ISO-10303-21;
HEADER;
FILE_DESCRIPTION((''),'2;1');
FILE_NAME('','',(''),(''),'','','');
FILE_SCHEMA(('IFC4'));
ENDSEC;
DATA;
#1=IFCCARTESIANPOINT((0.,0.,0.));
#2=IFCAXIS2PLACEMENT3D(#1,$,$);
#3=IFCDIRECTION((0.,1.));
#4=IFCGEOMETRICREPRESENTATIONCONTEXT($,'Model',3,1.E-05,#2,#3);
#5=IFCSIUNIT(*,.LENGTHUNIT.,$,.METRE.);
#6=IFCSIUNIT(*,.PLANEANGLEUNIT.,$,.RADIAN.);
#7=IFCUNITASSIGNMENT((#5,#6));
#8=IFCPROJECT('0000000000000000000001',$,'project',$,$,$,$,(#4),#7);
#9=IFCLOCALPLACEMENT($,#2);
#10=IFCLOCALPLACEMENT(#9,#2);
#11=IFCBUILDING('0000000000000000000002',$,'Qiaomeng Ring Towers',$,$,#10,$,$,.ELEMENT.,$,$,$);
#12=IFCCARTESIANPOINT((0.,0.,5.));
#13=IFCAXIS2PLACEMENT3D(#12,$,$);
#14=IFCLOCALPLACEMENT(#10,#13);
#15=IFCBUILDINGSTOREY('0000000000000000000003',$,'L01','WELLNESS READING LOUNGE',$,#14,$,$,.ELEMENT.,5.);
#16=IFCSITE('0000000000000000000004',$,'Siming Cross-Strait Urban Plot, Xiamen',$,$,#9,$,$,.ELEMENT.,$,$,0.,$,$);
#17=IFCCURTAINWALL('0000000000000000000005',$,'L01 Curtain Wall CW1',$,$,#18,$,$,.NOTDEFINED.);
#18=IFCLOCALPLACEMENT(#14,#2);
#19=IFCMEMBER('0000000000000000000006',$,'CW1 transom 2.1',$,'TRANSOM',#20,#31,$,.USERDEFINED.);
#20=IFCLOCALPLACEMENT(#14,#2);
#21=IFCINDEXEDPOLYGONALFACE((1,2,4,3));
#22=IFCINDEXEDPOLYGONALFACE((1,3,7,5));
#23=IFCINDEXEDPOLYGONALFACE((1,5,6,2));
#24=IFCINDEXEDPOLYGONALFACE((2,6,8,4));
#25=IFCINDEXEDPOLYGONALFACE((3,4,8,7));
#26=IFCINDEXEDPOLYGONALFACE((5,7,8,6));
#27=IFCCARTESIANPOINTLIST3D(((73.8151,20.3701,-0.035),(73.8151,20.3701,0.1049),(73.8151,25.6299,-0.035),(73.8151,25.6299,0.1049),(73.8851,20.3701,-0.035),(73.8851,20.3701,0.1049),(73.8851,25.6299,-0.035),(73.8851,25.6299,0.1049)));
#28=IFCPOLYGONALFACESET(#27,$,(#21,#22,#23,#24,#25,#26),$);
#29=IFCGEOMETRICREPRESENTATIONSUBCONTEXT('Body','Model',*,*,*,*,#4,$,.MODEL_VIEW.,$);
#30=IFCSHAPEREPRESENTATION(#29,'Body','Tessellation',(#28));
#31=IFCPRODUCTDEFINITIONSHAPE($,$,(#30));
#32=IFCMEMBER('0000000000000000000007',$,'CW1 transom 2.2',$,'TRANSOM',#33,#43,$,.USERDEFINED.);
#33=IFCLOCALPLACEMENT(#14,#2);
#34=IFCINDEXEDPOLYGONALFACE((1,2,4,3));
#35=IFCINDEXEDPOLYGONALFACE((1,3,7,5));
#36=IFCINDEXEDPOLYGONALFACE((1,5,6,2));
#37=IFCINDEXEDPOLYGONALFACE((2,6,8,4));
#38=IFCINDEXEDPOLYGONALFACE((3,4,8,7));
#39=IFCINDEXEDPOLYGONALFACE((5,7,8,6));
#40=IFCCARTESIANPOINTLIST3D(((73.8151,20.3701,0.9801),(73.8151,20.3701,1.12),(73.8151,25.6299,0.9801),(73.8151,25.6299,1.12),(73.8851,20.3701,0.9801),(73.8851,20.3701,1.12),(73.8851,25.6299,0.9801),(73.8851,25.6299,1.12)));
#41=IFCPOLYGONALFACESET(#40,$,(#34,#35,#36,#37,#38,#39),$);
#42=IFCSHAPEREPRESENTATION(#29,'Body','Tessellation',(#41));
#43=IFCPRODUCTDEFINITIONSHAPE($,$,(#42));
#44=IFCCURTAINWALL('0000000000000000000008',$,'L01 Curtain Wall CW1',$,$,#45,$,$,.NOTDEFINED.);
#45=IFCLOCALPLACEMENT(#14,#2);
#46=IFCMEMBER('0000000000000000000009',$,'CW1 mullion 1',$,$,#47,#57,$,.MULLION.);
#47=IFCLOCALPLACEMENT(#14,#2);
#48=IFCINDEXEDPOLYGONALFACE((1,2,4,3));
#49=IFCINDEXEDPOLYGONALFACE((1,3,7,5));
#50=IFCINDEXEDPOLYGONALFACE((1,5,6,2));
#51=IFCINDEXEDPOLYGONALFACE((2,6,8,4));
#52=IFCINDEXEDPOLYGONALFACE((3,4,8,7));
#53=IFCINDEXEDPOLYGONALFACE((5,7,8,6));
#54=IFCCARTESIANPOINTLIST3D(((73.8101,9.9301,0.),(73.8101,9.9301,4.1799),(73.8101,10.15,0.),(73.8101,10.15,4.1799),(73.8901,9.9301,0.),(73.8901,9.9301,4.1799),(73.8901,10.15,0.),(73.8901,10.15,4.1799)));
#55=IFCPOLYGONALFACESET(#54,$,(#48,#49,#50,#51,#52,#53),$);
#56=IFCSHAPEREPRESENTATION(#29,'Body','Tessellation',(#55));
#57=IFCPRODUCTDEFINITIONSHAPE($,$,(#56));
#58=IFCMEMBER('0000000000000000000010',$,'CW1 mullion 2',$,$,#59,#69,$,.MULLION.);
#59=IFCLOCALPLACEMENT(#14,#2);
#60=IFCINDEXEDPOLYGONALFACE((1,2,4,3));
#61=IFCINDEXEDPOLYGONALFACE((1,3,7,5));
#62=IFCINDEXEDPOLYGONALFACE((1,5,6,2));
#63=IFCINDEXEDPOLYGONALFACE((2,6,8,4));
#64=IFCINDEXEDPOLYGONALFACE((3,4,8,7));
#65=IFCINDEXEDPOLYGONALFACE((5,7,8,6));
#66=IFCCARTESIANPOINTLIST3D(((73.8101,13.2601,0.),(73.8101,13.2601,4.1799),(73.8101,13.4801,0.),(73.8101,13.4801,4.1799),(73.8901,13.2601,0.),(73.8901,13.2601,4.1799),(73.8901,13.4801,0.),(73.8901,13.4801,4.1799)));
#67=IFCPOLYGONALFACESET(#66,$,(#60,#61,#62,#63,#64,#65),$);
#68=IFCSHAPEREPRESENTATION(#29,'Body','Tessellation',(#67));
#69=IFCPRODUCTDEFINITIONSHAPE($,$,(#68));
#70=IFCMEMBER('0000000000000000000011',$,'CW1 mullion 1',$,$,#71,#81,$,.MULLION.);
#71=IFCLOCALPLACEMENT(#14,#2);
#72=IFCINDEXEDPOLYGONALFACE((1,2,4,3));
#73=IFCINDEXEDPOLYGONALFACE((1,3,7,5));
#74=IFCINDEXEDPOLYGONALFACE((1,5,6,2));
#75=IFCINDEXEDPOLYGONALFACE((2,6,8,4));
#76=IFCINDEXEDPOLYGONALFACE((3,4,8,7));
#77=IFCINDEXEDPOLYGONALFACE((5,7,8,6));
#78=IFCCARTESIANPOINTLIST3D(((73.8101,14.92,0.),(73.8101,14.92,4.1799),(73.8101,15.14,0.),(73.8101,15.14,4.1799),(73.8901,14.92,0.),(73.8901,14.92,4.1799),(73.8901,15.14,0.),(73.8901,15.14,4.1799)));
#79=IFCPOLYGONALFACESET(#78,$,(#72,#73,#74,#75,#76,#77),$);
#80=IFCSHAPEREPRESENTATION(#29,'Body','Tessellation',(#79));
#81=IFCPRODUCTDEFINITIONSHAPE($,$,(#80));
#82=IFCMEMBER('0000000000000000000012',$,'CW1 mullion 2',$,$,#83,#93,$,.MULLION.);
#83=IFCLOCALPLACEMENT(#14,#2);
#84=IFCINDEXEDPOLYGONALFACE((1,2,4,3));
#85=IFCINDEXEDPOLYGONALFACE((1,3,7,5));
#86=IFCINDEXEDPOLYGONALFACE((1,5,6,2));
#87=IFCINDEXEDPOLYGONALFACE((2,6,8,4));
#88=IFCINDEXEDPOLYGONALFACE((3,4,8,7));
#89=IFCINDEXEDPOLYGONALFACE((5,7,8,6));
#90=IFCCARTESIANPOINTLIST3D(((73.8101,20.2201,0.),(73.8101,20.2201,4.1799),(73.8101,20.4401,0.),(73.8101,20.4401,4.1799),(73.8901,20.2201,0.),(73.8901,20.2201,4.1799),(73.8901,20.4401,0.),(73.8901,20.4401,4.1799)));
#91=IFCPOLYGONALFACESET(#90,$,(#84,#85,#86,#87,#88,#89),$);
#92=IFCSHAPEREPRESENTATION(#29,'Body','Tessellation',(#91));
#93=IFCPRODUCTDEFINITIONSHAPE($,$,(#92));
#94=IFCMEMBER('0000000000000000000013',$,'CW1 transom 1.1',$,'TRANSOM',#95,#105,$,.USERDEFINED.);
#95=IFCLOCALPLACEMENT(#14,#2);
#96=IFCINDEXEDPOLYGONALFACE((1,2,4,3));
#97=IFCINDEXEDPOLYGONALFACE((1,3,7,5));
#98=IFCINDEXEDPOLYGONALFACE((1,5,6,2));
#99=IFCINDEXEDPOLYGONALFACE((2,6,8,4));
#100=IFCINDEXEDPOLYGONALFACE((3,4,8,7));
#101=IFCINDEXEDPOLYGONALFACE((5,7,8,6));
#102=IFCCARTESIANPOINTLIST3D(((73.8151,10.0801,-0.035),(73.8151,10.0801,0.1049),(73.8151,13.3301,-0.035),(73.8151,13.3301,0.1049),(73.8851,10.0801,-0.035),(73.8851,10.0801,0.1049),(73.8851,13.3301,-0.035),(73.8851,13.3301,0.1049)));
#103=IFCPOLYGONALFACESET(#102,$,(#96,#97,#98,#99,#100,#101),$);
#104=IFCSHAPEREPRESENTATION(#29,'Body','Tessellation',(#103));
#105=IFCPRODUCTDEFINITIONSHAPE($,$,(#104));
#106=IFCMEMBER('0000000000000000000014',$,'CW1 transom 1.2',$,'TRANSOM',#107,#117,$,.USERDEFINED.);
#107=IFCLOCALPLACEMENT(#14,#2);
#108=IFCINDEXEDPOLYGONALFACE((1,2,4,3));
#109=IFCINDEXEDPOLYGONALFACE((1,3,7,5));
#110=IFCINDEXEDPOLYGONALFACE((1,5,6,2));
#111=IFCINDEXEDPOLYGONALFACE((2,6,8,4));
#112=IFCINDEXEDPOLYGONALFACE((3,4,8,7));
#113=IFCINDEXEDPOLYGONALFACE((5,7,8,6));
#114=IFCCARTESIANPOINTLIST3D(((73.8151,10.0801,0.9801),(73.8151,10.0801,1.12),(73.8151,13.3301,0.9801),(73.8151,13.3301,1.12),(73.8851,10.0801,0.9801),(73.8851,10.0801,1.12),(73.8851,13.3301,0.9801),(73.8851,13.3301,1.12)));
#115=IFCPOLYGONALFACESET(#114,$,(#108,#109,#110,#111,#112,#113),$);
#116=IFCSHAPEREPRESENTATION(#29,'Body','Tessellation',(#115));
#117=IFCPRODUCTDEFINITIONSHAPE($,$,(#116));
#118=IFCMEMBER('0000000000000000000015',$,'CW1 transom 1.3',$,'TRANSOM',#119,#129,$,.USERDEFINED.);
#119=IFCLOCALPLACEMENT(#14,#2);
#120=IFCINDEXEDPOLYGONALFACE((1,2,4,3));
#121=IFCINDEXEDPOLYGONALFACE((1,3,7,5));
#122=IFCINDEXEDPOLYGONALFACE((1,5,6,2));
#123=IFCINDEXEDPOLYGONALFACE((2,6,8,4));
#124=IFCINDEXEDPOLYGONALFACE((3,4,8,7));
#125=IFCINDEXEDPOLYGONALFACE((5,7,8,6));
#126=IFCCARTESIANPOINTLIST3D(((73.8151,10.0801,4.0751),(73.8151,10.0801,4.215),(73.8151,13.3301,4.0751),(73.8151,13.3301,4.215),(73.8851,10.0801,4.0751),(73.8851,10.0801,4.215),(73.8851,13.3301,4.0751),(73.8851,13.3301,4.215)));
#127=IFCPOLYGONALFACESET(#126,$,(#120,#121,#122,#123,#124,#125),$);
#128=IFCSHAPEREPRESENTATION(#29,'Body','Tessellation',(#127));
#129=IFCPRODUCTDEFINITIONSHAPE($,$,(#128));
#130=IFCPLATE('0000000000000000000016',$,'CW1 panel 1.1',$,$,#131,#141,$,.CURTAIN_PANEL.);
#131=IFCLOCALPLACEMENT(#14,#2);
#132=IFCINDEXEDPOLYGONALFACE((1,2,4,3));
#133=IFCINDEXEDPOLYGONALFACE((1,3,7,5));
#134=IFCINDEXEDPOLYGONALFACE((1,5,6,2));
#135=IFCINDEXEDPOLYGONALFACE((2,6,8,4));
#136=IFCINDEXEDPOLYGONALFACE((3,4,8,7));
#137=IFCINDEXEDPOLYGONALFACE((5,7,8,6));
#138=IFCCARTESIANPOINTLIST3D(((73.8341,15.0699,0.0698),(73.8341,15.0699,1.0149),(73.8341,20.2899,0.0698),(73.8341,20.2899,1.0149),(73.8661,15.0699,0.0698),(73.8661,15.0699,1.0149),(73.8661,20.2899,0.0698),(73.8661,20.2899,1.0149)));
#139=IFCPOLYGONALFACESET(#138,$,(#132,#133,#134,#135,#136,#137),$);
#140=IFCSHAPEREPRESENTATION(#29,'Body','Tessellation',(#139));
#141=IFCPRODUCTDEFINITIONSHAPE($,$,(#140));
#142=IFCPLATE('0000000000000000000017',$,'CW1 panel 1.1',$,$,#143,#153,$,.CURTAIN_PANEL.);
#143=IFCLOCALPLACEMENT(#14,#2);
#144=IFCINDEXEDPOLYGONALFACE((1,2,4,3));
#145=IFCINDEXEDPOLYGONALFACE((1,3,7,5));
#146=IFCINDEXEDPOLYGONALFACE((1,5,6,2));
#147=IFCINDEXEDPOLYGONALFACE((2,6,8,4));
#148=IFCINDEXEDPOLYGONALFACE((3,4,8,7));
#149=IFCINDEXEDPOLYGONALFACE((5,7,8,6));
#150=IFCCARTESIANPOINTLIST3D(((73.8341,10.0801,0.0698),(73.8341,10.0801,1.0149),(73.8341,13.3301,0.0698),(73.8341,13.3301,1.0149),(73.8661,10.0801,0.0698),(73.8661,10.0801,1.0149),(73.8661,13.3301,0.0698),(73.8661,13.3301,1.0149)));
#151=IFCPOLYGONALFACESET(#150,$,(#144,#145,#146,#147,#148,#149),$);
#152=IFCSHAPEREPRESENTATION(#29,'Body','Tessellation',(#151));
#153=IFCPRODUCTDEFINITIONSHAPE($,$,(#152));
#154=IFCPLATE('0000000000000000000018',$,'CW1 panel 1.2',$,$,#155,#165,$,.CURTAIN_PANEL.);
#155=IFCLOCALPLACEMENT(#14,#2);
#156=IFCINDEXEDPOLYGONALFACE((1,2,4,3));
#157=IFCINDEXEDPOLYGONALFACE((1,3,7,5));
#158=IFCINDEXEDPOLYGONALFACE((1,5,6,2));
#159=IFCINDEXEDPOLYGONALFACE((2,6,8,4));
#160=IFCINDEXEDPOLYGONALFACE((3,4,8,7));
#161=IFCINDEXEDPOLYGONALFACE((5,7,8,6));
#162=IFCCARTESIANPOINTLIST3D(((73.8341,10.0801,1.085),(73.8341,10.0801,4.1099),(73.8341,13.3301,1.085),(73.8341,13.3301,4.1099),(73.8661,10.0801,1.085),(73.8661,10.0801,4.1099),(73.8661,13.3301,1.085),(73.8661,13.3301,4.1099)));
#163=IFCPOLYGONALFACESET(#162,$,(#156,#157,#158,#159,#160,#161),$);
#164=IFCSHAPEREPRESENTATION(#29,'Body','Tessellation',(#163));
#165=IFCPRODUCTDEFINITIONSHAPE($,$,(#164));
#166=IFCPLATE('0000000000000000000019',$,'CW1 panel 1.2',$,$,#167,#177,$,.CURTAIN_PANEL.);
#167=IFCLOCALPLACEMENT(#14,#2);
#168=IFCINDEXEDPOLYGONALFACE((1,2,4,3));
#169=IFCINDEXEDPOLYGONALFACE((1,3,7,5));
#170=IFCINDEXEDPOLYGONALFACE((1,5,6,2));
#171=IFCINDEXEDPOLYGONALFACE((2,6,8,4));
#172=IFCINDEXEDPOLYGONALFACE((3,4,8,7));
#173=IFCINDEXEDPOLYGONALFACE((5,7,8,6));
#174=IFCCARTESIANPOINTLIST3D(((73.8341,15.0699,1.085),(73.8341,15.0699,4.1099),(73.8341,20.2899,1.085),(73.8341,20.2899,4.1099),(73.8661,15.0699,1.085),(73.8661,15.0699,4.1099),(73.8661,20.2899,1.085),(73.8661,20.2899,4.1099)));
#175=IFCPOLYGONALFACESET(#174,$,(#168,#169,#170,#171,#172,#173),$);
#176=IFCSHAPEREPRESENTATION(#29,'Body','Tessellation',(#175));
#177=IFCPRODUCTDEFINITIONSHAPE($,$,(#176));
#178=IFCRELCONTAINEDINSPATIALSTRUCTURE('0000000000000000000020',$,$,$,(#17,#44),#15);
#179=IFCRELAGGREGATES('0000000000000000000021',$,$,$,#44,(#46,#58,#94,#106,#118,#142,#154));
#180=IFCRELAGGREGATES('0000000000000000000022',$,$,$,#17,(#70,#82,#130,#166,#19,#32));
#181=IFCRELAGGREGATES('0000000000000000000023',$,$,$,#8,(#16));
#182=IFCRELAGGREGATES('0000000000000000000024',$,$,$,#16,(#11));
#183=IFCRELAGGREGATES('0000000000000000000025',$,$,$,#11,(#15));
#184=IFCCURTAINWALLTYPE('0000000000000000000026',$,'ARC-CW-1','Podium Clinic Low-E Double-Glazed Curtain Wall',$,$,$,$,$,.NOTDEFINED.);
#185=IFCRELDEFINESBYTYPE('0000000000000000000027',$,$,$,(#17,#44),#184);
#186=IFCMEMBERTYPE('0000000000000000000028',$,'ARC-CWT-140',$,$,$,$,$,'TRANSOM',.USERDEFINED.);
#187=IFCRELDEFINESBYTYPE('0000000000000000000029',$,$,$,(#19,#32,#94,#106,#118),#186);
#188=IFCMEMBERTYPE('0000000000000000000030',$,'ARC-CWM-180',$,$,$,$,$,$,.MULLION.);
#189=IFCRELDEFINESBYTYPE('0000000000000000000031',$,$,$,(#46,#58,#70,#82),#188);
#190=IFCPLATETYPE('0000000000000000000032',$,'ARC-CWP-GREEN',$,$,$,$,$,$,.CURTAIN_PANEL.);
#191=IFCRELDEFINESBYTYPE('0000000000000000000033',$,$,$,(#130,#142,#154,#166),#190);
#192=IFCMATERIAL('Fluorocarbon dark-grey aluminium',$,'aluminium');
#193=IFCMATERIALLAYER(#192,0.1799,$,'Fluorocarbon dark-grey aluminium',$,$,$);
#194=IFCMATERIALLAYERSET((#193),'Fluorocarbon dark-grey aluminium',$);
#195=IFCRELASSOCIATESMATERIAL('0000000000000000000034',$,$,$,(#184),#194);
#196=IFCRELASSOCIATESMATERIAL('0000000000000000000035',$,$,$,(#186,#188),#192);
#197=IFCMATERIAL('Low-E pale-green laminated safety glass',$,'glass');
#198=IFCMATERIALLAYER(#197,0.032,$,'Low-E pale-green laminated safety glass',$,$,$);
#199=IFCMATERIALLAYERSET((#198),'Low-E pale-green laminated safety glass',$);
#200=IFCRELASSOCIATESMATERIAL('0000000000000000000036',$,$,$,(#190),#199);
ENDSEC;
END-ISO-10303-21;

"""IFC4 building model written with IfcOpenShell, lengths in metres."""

from ifc_helpers import new_model, si_unit, direction, frame, origin, origin_2d, place, context, subcontext, project, spatial, rectangle, extrude, source, transform, mapped, material, layer, layer_set, material_profile, profile_set, type_object, element, aggregate, save


model = new_model("IFC4")

# Units and contexts
model_context = context("Model", 3, precision=1e-05, world=origin(), true_north=direction((0.0, 1.0)))
body_context = subcontext(model_context, "Body", "Model", "MODEL_VIEW")
ifc_project = project(units=[si_unit("LENGTHUNIT", "METRE"), si_unit("PLANEANGLEUNIT", "RADIAN")], contexts=[model_context])

# Site, building, storey
site_placement = place(None, origin())
site = spatial("IfcSite", under=ifc_project, at=site_placement, Name="Siming Cross-Strait Urban Plot, Xiamen", CompositionType="ELEMENT", RefElevation=0.0)
building_placement = place(site_placement, origin())
building = spatial("IfcBuilding", under=site, at=building_placement, Name="Qiaomeng Ring Towers", CompositionType="ELEMENT")
storey_placement = place(building_placement, frame((0.0, 0.0, 5.0)))
storey = spatial("IfcBuildingStorey", under=building, at=storey_placement, Name="L01", Description="WELLNESS READING LOUNGE", CompositionType="ELEMENT", Elevation=5.0)

# Curtain walls, members
ifc_material_1 = material(Name="Fluorocarbon dark-grey aluminium", Category="aluminium")
ifc_layer_1 = layer(ifc_material_1, 0.1799, Name="Fluorocarbon dark-grey aluminium")
ifc_layer_set_1 = layer_set([ifc_layer_1], Name="Fluorocarbon dark-grey aluminium")
curtain_wall_type = type_object("IfcCurtainWallType", Name="ARC-CW-1", Description="Podium Clinic Low-E Double-Glazed Curtain Wall", PredefinedType="NOTDEFINED", material=ifc_layer_set_1)
curtain_wall_1_placement = place(storey_placement, origin())
curtain_wall_1 = element("IfcCurtainWall", 1, at=curtain_wall_1_placement, inside=storey, type_object=curtain_wall_type, Name="L01 Curtain Wall CW1", PredefinedType="NOTDEFINED")
ifc_material_profile_1 = material_profile(ifc_material_1, rectangle(XDim=0.0701, YDim=0.1399, at=origin_2d()), Name="ALU TRAN 70x140")
ifc_profile_set_1 = profile_set([ifc_material_profile_1], Name="Fluorocarbon dark-grey aluminium")
member_type_1 = type_object("IfcMemberType", Name="ARC-CWT-140", ElementType="TRANSOM", PredefinedType="USERDEFINED", material=ifc_profile_set_1)
shared_shape_1 = source(origin(), body_context, "Body", "SweptSolid", [
    extrude(rectangle(XDim=0.0701, YDim=0.1399, at=origin_2d()), origin(), (0.0, 0.0, 1.0), 5.2598),
])
member_1_placement = place(storey_placement, frame((73.8501, 20.3701, 0.0349), z_axis=(0.0, 1.0, 0.0), x_axis=(-1.0, 0.0, 0.0)))
member_1 = element("IfcMember", 2, at=member_1_placement, type_object=member_type_1, Name="CW1 transom 2.1", ObjectType="TRANSOM", PredefinedType="USERDEFINED", context=body_context, shape_type="MappedRepresentation", body=[
    mapped(shared_shape_1, transform((0.0, 0.0, 0.0), x_axis=(1.0, 0.0, 0.0), y_axis=(0.0, 1.0, 0.0), z_axis=(0.0, 0.0, 1.0), scale=1.0)),
])
member_2_placement = place(storey_placement, frame((73.8501, 20.3701, 1.05), z_axis=(0.0, 1.0, 0.0), x_axis=(-1.0, 0.0, 0.0)))
member_2 = element("IfcMember", 3, at=member_2_placement, type_object=member_type_1, Name="CW1 transom 2.2", ObjectType="TRANSOM", PredefinedType="USERDEFINED", context=body_context, shape_type="MappedRepresentation", body=[
    mapped(shared_shape_1, transform((0.0, 0.0, 0.0), x_axis=(1.0, 0.0, 0.0), y_axis=(0.0, 1.0, 0.0), z_axis=(0.0, 0.0, 1.0), scale=1.0)),
])
curtain_wall_2_placement = place(storey_placement, origin())
curtain_wall_2 = element("IfcCurtainWall", 4, at=curtain_wall_2_placement, inside=storey, type_object=curtain_wall_type, Name="L01 Curtain Wall CW1", PredefinedType="NOTDEFINED")
ifc_material_profile_2 = material_profile(ifc_material_1, rectangle(XDim=0.0801, YDim=0.22, at=origin_2d()), Name="ALU MULL 80x220")
ifc_profile_set_2 = profile_set([ifc_material_profile_2], Name="Fluorocarbon dark-grey aluminium")
member_type_2 = type_object("IfcMemberType", Name="ARC-CWM-180", PredefinedType="MULLION", material=ifc_profile_set_2)
shared_shape_2 = source(origin(), body_context, "Body", "SweptSolid", [
    extrude(rectangle(XDim=0.0801, YDim=0.22, at=origin_2d()), origin(), (0.0, 0.0, 1.0), 4.1799),
])
member_3_placement = place(storey_placement, frame((73.8501, 10.04, 0.0), z_axis=(0.0, 0.0, 1.0), x_axis=(-1.0, 0.0, 0.0)))
member_3 = element("IfcMember", 5, at=member_3_placement, type_object=member_type_2, Name="CW1 mullion 1", PredefinedType="MULLION", context=body_context, shape_type="MappedRepresentation", body=[
    mapped(shared_shape_2, transform((0.0, 0.0, 0.0), x_axis=(1.0, 0.0, 0.0), y_axis=(0.0, 1.0, 0.0), z_axis=(0.0, 0.0, 1.0), scale=1.0)),
])
member_4_placement = place(storey_placement, frame((73.8501, 13.3701, 0.0), z_axis=(0.0, 0.0, 1.0), x_axis=(-1.0, 0.0, 0.0)))
member_4 = element("IfcMember", 6, at=member_4_placement, type_object=member_type_2, Name="CW1 mullion 2", PredefinedType="MULLION", context=body_context, shape_type="MappedRepresentation", body=[
    mapped(shared_shape_2, transform((0.0, 0.0, 0.0), x_axis=(1.0, 0.0, 0.0), y_axis=(0.0, 1.0, 0.0), z_axis=(0.0, 0.0, 1.0), scale=1.0)),
])

# Members
member_5_placement = place(storey_placement, frame((73.8501, 15.03, 0.0), z_axis=(0.0, 0.0, 1.0), x_axis=(-1.0, 0.0, 0.0)))
member_5 = element("IfcMember", 7, at=member_5_placement, type_object=member_type_2, Name="CW1 mullion 1", PredefinedType="MULLION", context=body_context, shape_type="MappedRepresentation", body=[
    mapped(shared_shape_2, transform((0.0, 0.0, 0.0), x_axis=(1.0, 0.0, 0.0), y_axis=(0.0, 1.0, 0.0), z_axis=(0.0, 0.0, 1.0), scale=1.0)),
])
member_6_placement = place(storey_placement, frame((73.8501, 20.3301, 0.0), z_axis=(0.0, 0.0, 1.0), x_axis=(-1.0, 0.0, 0.0)))
member_6 = element("IfcMember", 8, at=member_6_placement, type_object=member_type_2, Name="CW1 mullion 2", PredefinedType="MULLION", context=body_context, shape_type="MappedRepresentation", body=[
    mapped(shared_shape_2, transform((0.0, 0.0, 0.0), x_axis=(1.0, 0.0, 0.0), y_axis=(0.0, 1.0, 0.0), z_axis=(0.0, 0.0, 1.0), scale=1.0)),
])
shared_shape_3 = source(origin(), body_context, "Body", "SweptSolid", [
    extrude(rectangle(XDim=0.0701, YDim=0.1399, at=origin_2d()), origin(), (0.0, 0.0, 1.0), 3.25),
])
member_7_placement = place(storey_placement, frame((73.8501, 10.0801, 0.0349), z_axis=(0.0, 1.0, 0.0), x_axis=(-1.0, 0.0, 0.0)))
member_7 = element("IfcMember", 9, at=member_7_placement, type_object=member_type_1, Name="CW1 transom 1.1", ObjectType="TRANSOM", PredefinedType="USERDEFINED", context=body_context, shape_type="MappedRepresentation", body=[
    mapped(shared_shape_3, transform((0.0, 0.0, 0.0), x_axis=(1.0, 0.0, 0.0), y_axis=(0.0, 1.0, 0.0), z_axis=(0.0, 0.0, 1.0), scale=1.0)),
])
member_8_placement = place(storey_placement, frame((73.8501, 10.0801, 1.05), z_axis=(0.0, 1.0, 0.0), x_axis=(-1.0, 0.0, 0.0)))
member_8 = element("IfcMember", 10, at=member_8_placement, type_object=member_type_1, Name="CW1 transom 1.2", ObjectType="TRANSOM", PredefinedType="USERDEFINED", context=body_context, shape_type="MappedRepresentation", body=[
    mapped(shared_shape_3, transform((0.0, 0.0, 0.0), x_axis=(1.0, 0.0, 0.0), y_axis=(0.0, 1.0, 0.0), z_axis=(0.0, 0.0, 1.0), scale=1.0)),
])
member_9_placement = place(storey_placement, frame((73.8501, 10.0801, 4.145), z_axis=(0.0, 1.0, 0.0), x_axis=(-1.0, 0.0, 0.0)))
member_9 = element("IfcMember", 11, at=member_9_placement, type_object=member_type_1, Name="CW1 transom 1.3", ObjectType="TRANSOM", PredefinedType="USERDEFINED", context=body_context, shape_type="MappedRepresentation", body=[
    mapped(shared_shape_3, transform((0.0, 0.0, 0.0), x_axis=(1.0, 0.0, 0.0), y_axis=(0.0, 1.0, 0.0), z_axis=(0.0, 0.0, 1.0), scale=1.0)),
])

# Plates
ifc_material_2 = material(Name="Low-E pale-green laminated safety glass", Category="glass")
ifc_layer_2 = layer(ifc_material_2, 0.032, Name="Low-E pale-green laminated safety glass")
ifc_layer_set_2 = layer_set([ifc_layer_2], Name="Low-E pale-green laminated safety glass")
plate_type = type_object("IfcPlateType", Name="ARC-CWP-GREEN", PredefinedType="CURTAIN_PANEL", material=ifc_layer_set_2)
shared_shape_4 = source(origin(), body_context, "Body", "SweptSolid", [
    extrude(rectangle(XDim=5.22, YDim=0.032, at=origin_2d()), origin(), (0.0, 0.0, 1.0), 0.9451),
])
plate_1_placement = place(storey_placement, frame((73.8501, 17.6799, 0.0698), z_axis=(0.0, 0.0, 1.0), x_axis=(0.0, 1.0, 0.0)))
plate_1 = element("IfcPlate", 12, at=plate_1_placement, type_object=plate_type, Name="CW1 panel 1.1", PredefinedType="CURTAIN_PANEL", context=body_context, shape_type="MappedRepresentation", body=[
    mapped(shared_shape_4, transform((0.0, 0.0, 0.0), x_axis=(1.0, 0.0, 0.0), y_axis=(0.0, 1.0, 0.0), z_axis=(0.0, 0.0, 1.0), scale=1.0)),
])
shared_shape_5 = source(origin(), body_context, "Body", "SweptSolid", [
    extrude(rectangle(XDim=3.25, YDim=0.032, at=origin_2d()), origin(), (0.0, 0.0, 1.0), 0.9451),
])
plate_2_placement = place(storey_placement, frame((73.8501, 11.7051, 0.0698), z_axis=(0.0, 0.0, 1.0), x_axis=(0.0, 1.0, 0.0)))
plate_2 = element("IfcPlate", 13, at=plate_2_placement, type_object=plate_type, Name="CW1 panel 1.1", PredefinedType="CURTAIN_PANEL", context=body_context, shape_type="MappedRepresentation", body=[
    mapped(shared_shape_5, transform((0.0, 0.0, 0.0), x_axis=(1.0, 0.0, 0.0), y_axis=(0.0, 1.0, 0.0), z_axis=(0.0, 0.0, 1.0), scale=1.0)),
])
shared_shape_6 = source(origin(), body_context, "Body", "SweptSolid", [
    extrude(rectangle(XDim=3.25, YDim=0.032, at=origin_2d()), origin(), (0.0, 0.0, 1.0), 3.0249),
])
plate_3_placement = place(storey_placement, frame((73.8501, 11.7051, 1.085), z_axis=(0.0, 0.0, 1.0), x_axis=(0.0, 1.0, 0.0)))
plate_3 = element("IfcPlate", 14, at=plate_3_placement, type_object=plate_type, Name="CW1 panel 1.2", PredefinedType="CURTAIN_PANEL", context=body_context, shape_type="MappedRepresentation", body=[
    mapped(shared_shape_6, transform((0.0, 0.0, 0.0), x_axis=(1.0, 0.0, 0.0), y_axis=(0.0, 1.0, 0.0), z_axis=(0.0, 0.0, 1.0), scale=1.0)),
])
aggregate(curtain_wall_2, [member_3, member_4, member_7, member_8, member_9, plate_2, plate_3])
shared_shape_7 = source(origin(), body_context, "Body", "SweptSolid", [
    extrude(rectangle(XDim=5.22, YDim=0.032, at=origin_2d()), origin(), (0.0, 0.0, 1.0), 3.0249),
])
plate_4_placement = place(storey_placement, frame((73.8501, 17.6799, 1.085), z_axis=(0.0, 0.0, 1.0), x_axis=(0.0, 1.0, 0.0)))
plate_4 = element("IfcPlate", 15, at=plate_4_placement, type_object=plate_type, Name="CW1 panel 1.2", PredefinedType="CURTAIN_PANEL", context=body_context, shape_type="MappedRepresentation", body=[
    mapped(shared_shape_7, transform((0.0, 0.0, 0.0), x_axis=(1.0, 0.0, 0.0), y_axis=(0.0, 1.0, 0.0), z_axis=(0.0, 0.0, 1.0), scale=1.0)),
])
aggregate(curtain_wall_1, [member_5, member_6, plate_1, plate_4, member_1, member_2])

save(model, "model.ifc")
